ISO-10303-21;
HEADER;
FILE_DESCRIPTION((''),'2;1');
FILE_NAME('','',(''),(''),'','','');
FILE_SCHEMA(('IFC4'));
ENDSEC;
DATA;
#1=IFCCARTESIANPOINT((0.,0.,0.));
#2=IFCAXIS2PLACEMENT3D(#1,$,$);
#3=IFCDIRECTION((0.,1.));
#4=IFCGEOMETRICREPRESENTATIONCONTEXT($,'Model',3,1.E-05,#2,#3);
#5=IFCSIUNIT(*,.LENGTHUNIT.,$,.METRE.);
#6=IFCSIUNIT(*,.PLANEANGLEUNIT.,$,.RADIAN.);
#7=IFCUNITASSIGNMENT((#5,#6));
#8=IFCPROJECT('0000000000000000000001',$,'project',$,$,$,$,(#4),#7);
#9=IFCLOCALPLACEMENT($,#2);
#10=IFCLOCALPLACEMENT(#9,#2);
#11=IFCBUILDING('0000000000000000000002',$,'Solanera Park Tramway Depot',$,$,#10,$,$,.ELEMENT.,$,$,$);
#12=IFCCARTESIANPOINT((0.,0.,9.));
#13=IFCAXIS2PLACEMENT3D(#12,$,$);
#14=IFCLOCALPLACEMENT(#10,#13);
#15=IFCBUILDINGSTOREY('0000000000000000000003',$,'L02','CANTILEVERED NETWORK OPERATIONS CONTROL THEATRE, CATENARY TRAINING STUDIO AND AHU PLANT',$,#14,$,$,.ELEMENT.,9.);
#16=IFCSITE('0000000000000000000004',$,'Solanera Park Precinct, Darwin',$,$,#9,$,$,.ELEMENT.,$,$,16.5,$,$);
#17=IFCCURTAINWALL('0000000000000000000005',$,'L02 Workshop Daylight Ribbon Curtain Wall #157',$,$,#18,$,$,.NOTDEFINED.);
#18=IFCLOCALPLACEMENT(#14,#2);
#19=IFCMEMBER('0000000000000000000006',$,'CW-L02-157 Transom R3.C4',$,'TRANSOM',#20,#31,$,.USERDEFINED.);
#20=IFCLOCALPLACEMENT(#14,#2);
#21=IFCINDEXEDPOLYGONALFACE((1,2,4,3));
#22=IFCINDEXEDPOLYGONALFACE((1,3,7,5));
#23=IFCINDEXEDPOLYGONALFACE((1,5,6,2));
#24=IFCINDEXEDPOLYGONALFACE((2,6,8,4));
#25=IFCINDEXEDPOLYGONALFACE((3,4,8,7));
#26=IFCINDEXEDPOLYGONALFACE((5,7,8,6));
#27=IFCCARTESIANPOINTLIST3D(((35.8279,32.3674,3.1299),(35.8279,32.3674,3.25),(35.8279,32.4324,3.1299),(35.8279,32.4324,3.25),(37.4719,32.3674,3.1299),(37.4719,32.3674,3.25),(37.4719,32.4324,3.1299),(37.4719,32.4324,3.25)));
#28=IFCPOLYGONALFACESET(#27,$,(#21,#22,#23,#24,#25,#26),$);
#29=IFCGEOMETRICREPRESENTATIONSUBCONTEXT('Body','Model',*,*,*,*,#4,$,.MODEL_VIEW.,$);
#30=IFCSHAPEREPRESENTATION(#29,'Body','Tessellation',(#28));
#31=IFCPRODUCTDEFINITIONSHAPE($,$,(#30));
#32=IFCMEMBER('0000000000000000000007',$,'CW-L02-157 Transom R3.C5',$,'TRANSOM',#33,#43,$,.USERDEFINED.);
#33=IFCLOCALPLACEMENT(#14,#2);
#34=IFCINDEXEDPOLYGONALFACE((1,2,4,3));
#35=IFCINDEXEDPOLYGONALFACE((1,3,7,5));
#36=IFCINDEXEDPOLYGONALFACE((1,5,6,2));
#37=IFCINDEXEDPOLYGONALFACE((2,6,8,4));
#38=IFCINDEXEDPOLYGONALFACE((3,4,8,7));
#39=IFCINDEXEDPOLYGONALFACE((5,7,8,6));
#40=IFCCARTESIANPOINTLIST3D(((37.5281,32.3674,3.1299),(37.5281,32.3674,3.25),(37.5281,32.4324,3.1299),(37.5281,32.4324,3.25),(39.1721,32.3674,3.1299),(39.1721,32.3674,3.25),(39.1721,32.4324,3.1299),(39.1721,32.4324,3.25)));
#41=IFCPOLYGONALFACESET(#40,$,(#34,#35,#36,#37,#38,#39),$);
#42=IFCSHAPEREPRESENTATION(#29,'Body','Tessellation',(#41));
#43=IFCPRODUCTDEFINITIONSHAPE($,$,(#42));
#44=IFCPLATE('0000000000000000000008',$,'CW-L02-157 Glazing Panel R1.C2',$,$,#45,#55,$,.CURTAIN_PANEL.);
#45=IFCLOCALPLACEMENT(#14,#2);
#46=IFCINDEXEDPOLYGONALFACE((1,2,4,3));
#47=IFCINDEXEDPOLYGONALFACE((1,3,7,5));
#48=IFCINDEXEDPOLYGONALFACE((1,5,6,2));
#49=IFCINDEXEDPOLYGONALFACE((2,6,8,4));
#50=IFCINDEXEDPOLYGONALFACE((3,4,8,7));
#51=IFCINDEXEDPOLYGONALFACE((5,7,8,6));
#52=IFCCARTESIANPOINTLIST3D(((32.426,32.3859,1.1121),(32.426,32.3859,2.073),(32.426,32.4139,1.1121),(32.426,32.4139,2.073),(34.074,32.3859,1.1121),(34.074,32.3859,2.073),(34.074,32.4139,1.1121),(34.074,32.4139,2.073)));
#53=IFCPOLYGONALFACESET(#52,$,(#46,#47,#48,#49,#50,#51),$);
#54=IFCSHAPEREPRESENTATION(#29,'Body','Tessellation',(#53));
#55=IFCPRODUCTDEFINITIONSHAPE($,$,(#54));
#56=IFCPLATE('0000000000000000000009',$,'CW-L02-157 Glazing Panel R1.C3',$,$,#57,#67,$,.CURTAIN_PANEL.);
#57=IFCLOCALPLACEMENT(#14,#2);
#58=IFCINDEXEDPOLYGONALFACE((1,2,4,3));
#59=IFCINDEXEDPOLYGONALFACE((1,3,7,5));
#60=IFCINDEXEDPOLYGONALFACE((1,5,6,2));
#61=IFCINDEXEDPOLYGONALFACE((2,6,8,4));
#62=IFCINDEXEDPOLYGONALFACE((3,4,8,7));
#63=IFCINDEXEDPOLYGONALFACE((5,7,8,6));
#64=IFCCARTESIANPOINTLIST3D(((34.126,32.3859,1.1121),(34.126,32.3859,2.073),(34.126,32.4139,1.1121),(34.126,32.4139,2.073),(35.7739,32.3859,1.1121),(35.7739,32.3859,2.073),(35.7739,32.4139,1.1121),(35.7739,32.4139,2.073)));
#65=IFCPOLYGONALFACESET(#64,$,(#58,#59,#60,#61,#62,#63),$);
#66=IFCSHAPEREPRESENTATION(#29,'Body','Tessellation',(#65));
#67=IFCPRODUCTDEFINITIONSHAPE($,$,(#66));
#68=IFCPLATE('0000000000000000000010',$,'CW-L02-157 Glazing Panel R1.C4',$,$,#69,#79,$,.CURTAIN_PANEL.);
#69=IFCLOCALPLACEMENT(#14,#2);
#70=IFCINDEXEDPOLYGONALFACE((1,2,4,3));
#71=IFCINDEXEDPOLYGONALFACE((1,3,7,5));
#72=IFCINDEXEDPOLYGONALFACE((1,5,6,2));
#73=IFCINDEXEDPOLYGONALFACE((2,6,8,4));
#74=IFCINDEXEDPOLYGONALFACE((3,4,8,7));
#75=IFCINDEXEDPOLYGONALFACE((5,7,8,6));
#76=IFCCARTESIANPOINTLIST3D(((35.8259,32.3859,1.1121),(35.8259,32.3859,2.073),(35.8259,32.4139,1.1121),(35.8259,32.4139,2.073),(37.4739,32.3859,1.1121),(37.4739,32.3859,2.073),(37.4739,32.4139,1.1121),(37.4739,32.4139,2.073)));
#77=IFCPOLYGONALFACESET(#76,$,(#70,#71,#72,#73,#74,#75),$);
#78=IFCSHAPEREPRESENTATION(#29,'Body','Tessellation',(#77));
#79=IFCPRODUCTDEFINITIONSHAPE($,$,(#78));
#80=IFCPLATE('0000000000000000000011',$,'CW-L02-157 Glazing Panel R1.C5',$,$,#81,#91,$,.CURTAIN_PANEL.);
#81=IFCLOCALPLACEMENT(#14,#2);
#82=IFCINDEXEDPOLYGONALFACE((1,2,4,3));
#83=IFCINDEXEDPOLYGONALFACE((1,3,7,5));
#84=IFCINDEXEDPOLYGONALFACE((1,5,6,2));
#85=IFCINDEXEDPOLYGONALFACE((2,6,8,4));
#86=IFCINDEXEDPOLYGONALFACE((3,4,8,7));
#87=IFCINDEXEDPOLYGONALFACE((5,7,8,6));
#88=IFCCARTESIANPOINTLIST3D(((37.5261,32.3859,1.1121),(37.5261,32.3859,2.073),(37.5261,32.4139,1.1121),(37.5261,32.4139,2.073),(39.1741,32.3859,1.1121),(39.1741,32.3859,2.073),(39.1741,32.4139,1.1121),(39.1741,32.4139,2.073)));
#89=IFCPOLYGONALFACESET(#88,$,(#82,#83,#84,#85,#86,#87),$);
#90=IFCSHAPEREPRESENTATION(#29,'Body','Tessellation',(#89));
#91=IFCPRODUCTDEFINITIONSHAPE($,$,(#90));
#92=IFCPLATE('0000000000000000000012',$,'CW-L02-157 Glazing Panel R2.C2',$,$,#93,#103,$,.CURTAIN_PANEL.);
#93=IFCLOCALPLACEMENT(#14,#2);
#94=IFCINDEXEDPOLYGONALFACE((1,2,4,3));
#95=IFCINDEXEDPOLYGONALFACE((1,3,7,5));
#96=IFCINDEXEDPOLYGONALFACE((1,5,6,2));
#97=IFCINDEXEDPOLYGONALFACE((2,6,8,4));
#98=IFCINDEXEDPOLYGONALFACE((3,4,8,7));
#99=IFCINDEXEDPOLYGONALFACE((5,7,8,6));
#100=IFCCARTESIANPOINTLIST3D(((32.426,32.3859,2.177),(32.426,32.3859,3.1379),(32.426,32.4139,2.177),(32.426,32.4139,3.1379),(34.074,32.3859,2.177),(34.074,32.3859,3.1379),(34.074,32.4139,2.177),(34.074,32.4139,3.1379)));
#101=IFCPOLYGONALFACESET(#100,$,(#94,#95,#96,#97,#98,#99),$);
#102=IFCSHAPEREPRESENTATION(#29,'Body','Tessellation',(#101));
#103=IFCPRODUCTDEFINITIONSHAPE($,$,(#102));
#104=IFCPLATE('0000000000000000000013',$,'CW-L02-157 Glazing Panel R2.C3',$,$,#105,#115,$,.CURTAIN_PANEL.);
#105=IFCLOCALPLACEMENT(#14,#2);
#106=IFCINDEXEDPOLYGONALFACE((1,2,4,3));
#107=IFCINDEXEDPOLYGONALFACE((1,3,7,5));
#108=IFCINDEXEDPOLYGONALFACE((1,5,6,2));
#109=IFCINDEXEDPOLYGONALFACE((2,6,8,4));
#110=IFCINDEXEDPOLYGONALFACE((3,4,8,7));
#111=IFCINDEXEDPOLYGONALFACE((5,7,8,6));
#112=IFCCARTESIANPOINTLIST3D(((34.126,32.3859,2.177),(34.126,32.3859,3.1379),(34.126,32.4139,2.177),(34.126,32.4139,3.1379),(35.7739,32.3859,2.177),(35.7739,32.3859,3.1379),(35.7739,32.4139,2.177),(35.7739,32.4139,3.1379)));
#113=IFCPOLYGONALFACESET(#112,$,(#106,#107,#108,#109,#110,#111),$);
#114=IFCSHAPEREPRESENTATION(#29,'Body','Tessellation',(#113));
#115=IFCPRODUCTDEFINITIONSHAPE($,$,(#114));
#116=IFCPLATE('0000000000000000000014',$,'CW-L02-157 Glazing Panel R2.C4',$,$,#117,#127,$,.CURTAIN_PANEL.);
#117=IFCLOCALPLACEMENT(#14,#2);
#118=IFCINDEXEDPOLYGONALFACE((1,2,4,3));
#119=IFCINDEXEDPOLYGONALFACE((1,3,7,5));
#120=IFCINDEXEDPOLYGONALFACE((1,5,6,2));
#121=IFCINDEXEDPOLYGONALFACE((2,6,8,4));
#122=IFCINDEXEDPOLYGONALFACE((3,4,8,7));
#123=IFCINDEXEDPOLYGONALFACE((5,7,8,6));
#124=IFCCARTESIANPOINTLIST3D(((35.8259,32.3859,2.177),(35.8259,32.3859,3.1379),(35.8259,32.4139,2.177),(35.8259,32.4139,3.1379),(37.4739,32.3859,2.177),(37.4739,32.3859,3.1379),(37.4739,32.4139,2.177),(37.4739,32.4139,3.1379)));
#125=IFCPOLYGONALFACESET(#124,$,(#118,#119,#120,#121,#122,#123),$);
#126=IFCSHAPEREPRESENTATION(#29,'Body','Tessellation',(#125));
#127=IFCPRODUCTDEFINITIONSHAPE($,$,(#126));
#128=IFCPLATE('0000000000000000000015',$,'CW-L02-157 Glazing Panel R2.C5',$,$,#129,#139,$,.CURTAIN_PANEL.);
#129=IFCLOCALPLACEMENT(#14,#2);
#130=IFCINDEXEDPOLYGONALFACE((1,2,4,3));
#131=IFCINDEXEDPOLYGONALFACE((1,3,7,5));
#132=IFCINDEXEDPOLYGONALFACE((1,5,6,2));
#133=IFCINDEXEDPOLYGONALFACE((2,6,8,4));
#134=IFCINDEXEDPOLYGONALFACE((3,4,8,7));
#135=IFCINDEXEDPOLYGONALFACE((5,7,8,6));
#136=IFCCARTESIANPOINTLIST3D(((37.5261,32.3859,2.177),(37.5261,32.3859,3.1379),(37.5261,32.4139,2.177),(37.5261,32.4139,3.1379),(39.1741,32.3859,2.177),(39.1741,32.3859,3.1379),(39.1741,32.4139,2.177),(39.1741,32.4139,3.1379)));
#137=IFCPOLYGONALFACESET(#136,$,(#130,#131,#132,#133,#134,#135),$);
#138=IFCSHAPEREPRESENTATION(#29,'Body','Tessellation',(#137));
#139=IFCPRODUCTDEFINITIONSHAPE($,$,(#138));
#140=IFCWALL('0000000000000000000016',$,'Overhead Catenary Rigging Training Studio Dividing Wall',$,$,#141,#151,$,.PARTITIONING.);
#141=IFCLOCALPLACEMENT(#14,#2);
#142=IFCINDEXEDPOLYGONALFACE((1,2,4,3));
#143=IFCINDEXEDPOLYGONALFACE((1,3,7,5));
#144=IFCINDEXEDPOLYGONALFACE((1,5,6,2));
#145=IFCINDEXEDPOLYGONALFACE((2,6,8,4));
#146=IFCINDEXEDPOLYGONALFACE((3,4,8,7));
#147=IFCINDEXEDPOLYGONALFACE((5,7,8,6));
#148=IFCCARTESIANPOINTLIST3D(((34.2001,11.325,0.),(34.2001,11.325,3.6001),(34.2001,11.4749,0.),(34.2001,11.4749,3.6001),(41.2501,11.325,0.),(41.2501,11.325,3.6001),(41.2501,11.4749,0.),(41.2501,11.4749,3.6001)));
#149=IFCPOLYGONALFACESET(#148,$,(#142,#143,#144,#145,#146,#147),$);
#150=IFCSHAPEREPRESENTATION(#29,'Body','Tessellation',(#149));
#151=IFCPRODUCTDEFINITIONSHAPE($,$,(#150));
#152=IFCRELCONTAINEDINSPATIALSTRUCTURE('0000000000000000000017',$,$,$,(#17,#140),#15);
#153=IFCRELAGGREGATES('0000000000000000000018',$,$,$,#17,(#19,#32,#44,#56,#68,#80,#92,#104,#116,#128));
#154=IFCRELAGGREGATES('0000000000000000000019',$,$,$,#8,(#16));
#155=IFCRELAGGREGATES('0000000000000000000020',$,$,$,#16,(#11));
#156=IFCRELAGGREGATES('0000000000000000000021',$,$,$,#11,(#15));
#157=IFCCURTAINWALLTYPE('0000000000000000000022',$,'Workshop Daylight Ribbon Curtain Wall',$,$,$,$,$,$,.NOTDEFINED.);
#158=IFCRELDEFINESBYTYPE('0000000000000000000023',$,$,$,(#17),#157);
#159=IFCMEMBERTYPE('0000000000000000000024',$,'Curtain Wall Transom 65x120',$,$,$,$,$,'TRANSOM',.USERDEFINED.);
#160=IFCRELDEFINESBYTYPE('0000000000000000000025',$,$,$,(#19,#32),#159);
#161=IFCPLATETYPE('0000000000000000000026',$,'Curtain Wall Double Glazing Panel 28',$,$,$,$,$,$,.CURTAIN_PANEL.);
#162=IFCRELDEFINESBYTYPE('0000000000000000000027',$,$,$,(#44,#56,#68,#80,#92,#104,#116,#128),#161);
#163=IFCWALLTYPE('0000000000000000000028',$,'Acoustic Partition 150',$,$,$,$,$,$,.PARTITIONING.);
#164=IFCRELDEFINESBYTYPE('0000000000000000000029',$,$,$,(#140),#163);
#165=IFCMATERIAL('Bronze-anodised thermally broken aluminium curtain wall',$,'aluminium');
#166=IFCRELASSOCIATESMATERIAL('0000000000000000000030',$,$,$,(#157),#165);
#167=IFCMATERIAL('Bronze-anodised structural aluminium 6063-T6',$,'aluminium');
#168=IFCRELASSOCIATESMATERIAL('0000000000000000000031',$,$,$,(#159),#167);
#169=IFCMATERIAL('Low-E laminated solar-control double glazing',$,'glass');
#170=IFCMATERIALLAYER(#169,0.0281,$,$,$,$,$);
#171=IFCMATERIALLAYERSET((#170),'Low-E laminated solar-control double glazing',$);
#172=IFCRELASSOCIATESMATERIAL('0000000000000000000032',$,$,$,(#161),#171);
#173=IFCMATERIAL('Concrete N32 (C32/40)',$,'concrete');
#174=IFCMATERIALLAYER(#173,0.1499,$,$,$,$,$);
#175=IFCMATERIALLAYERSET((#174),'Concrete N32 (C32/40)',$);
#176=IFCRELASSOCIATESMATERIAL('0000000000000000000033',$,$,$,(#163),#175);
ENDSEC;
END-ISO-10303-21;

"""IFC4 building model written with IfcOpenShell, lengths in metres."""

from ifc_helpers import new_model, si_unit, direction, frame, frame_2d, origin, origin_2d, place, context, subcontext, project, spatial, rectangle, extrude, material, layer, layer_set, material_profile, profile_set, type_object, element, aggregate, save


model = new_model("IFC4")

# Units and contexts
model_context = context("Model", 3, precision=1e-05, world=origin(), true_north=direction((0.0, 1.0)))
body_context = subcontext(model_context, "Body", "Model", "MODEL_VIEW")
ifc_project = project(units=[si_unit("LENGTHUNIT", "METRE"), si_unit("PLANEANGLEUNIT", "RADIAN")], contexts=[model_context])

# Site, building, storey
site_placement = place(None, origin())
site = spatial("IfcSite", under=ifc_project, at=site_placement, Name="Solanera Park Precinct, Darwin", CompositionType="ELEMENT", RefElevation=16.5)
building_placement = place(site_placement, origin())
building = spatial("IfcBuilding", under=site, at=building_placement, Name="Solanera Park Tramway Depot", CompositionType="ELEMENT")
storey_placement = place(building_placement, frame((0.0, 0.0, 9.0)))
storey = spatial("IfcBuildingStorey", under=building, at=storey_placement, Name="L02", Description="CANTILEVERED NETWORK OPERATIONS CONTROL THEATRE, CATENARY TRAINING STUDIO AND AHU PLANT", CompositionType="ELEMENT", Elevation=9.0)

# Curtain wall, members, plates
ifc_material_1 = material(Name="Bronze-anodised thermally broken aluminium curtain wall", Category="aluminium")
curtain_wall_type = type_object("IfcCurtainWallType", Name="Workshop Daylight Ribbon Curtain Wall", PredefinedType="NOTDEFINED", material=ifc_material_1)
curtain_wall_placement = place(storey_placement, origin())
curtain_wall = element("IfcCurtainWall", 1, at=curtain_wall_placement, inside=storey, type_object=curtain_wall_type, Name="L02 Workshop Daylight Ribbon Curtain Wall #157", PredefinedType="NOTDEFINED")
ifc_material_2 = material(Name="Bronze-anodised structural aluminium 6063-T6", Category="aluminium")
ifc_material_profile_1 = material_profile(ifc_material_2, rectangle(XDim=0.0649, YDim=0.1201, at=origin_2d()), Name="Curtain Wall Transom 65x120")
ifc_profile_set_1 = profile_set([ifc_material_profile_1], Name="Bronze-anodised structural aluminium 6063-T6")
member_type_1 = type_object("IfcMemberType", Name="Curtain Wall Transom 65x120", ElementType="TRANSOM", PredefinedType="USERDEFINED", material=ifc_profile_set_1)
member_1_placement = place(storey_placement, frame((35.8279, 32.3999, 3.1899), z_axis=(1.0, 0.0, 0.0), x_axis=(0.0, 1.0, 0.0)))
member_1 = element("IfcMember", 2, at=member_1_placement, type_object=member_type_1, Name="CW-L02-157 Transom R3.C4", ObjectType="TRANSOM", PredefinedType="USERDEFINED", context=body_context, shape_type="SweptSolid", body=[
    extrude(rectangle(XDim=0.0649, YDim=0.1201, at=origin_2d()), origin(), (0.0, 0.0, 1.0), 1.644),
])
member_2_placement = place(storey_placement, frame((37.5281, 32.3999, 3.1899), z_axis=(1.0, 0.0, 0.0), x_axis=(0.0, 1.0, 0.0)))
member_2 = element("IfcMember", 3, at=member_2_placement, type_object=member_type_1, Name="CW-L02-157 Transom R3.C5", ObjectType="TRANSOM", PredefinedType="USERDEFINED", context=body_context, shape_type="SweptSolid", body=[
    extrude(rectangle(XDim=0.0649, YDim=0.1201, at=origin_2d()), origin(), (0.0, 0.0, 1.0), 1.644),
])
ifc_material_3 = material(Name="Low-E laminated solar-control double glazing", Category="glass")
ifc_layer_1 = layer(ifc_material_3, 0.0281)
ifc_layer_set_1 = layer_set([ifc_layer_1], Name="Low-E laminated solar-control double glazing")
plate_type = type_object("IfcPlateType", Name="Curtain Wall Double Glazing Panel 28", PredefinedType="CURTAIN_PANEL", material=ifc_layer_set_1)
plate_1_placement = place(storey_placement, frame((33.25, 32.3999, 1.1121), z_axis=(0.0, 0.0, 1.0), x_axis=(1.0, 0.0, 0.0)))
plate_1 = element("IfcPlate", 4, at=plate_1_placement, type_object=plate_type, Name="CW-L02-157 Glazing Panel R1.C2", PredefinedType="CURTAIN_PANEL", context=body_context, shape_type="SweptSolid", body=[
    extrude(rectangle(XDim=1.6479, YDim=0.0281, at=origin_2d()), origin(), (0.0, 0.0, 1.0), 0.9609),
])
plate_2_placement = place(storey_placement, frame((34.95, 32.3999, 1.1121), z_axis=(0.0, 0.0, 1.0), x_axis=(1.0, 0.0, 0.0)))
plate_2 = element("IfcPlate", 5, at=plate_2_placement, type_object=plate_type, Name="CW-L02-157 Glazing Panel R1.C3", PredefinedType="CURTAIN_PANEL", context=body_context, shape_type="SweptSolid", body=[
    extrude(rectangle(XDim=1.6479, YDim=0.0281, at=origin_2d()), origin(), (0.0, 0.0, 1.0), 0.9609),
])
plate_3_placement = place(storey_placement, frame((36.6499, 32.3999, 1.1121), z_axis=(0.0, 0.0, 1.0), x_axis=(1.0, 0.0, 0.0)))
plate_3 = element("IfcPlate", 6, at=plate_3_placement, type_object=plate_type, Name="CW-L02-157 Glazing Panel R1.C4", PredefinedType="CURTAIN_PANEL", context=body_context, shape_type="SweptSolid", body=[
    extrude(rectangle(XDim=1.6479, YDim=0.0281, at=origin_2d()), origin(), (0.0, 0.0, 1.0), 0.9609),
])
plate_4_placement = place(storey_placement, frame((38.3501, 32.3999, 1.1121), z_axis=(0.0, 0.0, 1.0), x_axis=(1.0, 0.0, 0.0)))
plate_4 = element("IfcPlate", 7, at=plate_4_placement, type_object=plate_type, Name="CW-L02-157 Glazing Panel R1.C5", PredefinedType="CURTAIN_PANEL", context=body_context, shape_type="SweptSolid", body=[
    extrude(rectangle(XDim=1.6479, YDim=0.0281, at=origin_2d()), origin(), (0.0, 0.0, 1.0), 0.9609),
])
plate_5_placement = place(storey_placement, frame((33.25, 32.3999, 2.177), z_axis=(0.0, 0.0, 1.0), x_axis=(1.0, 0.0, 0.0)))
plate_5 = element("IfcPlate", 8, at=plate_5_placement, type_object=plate_type, Name="CW-L02-157 Glazing Panel R2.C2", PredefinedType="CURTAIN_PANEL", context=body_context, shape_type="SweptSolid", body=[
    extrude(rectangle(XDim=1.6479, YDim=0.0281, at=origin_2d()), origin(), (0.0, 0.0, 1.0), 0.9609),
])
plate_6_placement = place(storey_placement, frame((34.95, 32.3999, 2.177), z_axis=(0.0, 0.0, 1.0), x_axis=(1.0, 0.0, 0.0)))
plate_6 = element("IfcPlate", 9, at=plate_6_placement, type_object=plate_type, Name="CW-L02-157 Glazing Panel R2.C3", PredefinedType="CURTAIN_PANEL", context=body_context, shape_type="SweptSolid", body=[
    extrude(rectangle(XDim=1.6479, YDim=0.0281, at=origin_2d()), origin(), (0.0, 0.0, 1.0), 0.9609),
])
plate_7_placement = place(storey_placement, frame((36.6499, 32.3999, 2.177), z_axis=(0.0, 0.0, 1.0), x_axis=(1.0, 0.0, 0.0)))
plate_7 = element("IfcPlate", 10, at=plate_7_placement, type_object=plate_type, Name="CW-L02-157 Glazing Panel R2.C4", PredefinedType="CURTAIN_PANEL", context=body_context, shape_type="SweptSolid", body=[
    extrude(rectangle(XDim=1.6479, YDim=0.0281, at=origin_2d()), origin(), (0.0, 0.0, 1.0), 0.9609),
])
plate_8_placement = place(storey_placement, frame((38.3501, 32.3999, 2.177), z_axis=(0.0, 0.0, 1.0), x_axis=(1.0, 0.0, 0.0)))
plate_8 = element("IfcPlate", 11, at=plate_8_placement, type_object=plate_type, Name="CW-L02-157 Glazing Panel R2.C5", PredefinedType="CURTAIN_PANEL", context=body_context, shape_type="SweptSolid", body=[
    extrude(rectangle(XDim=1.6479, YDim=0.0281, at=origin_2d()), origin(), (0.0, 0.0, 1.0), 0.9609),
])
aggregate(curtain_wall, [member_1, member_2, plate_1, plate_2, plate_3, plate_4, plate_5, plate_6, plate_7, plate_8])

# Wall
ifc_material_4 = material(Name="Concrete N32 (C32/40)", Category="concrete")
ifc_layer_2 = layer(ifc_material_4, 0.1499)
ifc_layer_set_2 = layer_set([ifc_layer_2], Name="Concrete N32 (C32/40)")
wall_type_1 = type_object("IfcWallType", Name="Acoustic Partition 150", PredefinedType="PARTITIONING", material=ifc_layer_set_2)
wall_1_placement = place(storey_placement, frame((41.25, 11.3999, 0.0), z_axis=(0.0, 0.0, 1.0), x_axis=(-1.0, 0.0, 0.0)))
element("IfcWall", 12, at=wall_1_placement, inside=storey, type_object=wall_type_1, Name="Overhead Catenary Rigging Training Studio Dividing Wall", PredefinedType="PARTITIONING", context=body_context, shape_type="SweptSolid", body=[
    extrude(rectangle(XDim=7.05, YDim=0.1499, at=frame_2d((3.5249, 0.0))), origin(), (0.0, 0.0, 1.0), 3.6001),
])

save(model, "model.ifc")
